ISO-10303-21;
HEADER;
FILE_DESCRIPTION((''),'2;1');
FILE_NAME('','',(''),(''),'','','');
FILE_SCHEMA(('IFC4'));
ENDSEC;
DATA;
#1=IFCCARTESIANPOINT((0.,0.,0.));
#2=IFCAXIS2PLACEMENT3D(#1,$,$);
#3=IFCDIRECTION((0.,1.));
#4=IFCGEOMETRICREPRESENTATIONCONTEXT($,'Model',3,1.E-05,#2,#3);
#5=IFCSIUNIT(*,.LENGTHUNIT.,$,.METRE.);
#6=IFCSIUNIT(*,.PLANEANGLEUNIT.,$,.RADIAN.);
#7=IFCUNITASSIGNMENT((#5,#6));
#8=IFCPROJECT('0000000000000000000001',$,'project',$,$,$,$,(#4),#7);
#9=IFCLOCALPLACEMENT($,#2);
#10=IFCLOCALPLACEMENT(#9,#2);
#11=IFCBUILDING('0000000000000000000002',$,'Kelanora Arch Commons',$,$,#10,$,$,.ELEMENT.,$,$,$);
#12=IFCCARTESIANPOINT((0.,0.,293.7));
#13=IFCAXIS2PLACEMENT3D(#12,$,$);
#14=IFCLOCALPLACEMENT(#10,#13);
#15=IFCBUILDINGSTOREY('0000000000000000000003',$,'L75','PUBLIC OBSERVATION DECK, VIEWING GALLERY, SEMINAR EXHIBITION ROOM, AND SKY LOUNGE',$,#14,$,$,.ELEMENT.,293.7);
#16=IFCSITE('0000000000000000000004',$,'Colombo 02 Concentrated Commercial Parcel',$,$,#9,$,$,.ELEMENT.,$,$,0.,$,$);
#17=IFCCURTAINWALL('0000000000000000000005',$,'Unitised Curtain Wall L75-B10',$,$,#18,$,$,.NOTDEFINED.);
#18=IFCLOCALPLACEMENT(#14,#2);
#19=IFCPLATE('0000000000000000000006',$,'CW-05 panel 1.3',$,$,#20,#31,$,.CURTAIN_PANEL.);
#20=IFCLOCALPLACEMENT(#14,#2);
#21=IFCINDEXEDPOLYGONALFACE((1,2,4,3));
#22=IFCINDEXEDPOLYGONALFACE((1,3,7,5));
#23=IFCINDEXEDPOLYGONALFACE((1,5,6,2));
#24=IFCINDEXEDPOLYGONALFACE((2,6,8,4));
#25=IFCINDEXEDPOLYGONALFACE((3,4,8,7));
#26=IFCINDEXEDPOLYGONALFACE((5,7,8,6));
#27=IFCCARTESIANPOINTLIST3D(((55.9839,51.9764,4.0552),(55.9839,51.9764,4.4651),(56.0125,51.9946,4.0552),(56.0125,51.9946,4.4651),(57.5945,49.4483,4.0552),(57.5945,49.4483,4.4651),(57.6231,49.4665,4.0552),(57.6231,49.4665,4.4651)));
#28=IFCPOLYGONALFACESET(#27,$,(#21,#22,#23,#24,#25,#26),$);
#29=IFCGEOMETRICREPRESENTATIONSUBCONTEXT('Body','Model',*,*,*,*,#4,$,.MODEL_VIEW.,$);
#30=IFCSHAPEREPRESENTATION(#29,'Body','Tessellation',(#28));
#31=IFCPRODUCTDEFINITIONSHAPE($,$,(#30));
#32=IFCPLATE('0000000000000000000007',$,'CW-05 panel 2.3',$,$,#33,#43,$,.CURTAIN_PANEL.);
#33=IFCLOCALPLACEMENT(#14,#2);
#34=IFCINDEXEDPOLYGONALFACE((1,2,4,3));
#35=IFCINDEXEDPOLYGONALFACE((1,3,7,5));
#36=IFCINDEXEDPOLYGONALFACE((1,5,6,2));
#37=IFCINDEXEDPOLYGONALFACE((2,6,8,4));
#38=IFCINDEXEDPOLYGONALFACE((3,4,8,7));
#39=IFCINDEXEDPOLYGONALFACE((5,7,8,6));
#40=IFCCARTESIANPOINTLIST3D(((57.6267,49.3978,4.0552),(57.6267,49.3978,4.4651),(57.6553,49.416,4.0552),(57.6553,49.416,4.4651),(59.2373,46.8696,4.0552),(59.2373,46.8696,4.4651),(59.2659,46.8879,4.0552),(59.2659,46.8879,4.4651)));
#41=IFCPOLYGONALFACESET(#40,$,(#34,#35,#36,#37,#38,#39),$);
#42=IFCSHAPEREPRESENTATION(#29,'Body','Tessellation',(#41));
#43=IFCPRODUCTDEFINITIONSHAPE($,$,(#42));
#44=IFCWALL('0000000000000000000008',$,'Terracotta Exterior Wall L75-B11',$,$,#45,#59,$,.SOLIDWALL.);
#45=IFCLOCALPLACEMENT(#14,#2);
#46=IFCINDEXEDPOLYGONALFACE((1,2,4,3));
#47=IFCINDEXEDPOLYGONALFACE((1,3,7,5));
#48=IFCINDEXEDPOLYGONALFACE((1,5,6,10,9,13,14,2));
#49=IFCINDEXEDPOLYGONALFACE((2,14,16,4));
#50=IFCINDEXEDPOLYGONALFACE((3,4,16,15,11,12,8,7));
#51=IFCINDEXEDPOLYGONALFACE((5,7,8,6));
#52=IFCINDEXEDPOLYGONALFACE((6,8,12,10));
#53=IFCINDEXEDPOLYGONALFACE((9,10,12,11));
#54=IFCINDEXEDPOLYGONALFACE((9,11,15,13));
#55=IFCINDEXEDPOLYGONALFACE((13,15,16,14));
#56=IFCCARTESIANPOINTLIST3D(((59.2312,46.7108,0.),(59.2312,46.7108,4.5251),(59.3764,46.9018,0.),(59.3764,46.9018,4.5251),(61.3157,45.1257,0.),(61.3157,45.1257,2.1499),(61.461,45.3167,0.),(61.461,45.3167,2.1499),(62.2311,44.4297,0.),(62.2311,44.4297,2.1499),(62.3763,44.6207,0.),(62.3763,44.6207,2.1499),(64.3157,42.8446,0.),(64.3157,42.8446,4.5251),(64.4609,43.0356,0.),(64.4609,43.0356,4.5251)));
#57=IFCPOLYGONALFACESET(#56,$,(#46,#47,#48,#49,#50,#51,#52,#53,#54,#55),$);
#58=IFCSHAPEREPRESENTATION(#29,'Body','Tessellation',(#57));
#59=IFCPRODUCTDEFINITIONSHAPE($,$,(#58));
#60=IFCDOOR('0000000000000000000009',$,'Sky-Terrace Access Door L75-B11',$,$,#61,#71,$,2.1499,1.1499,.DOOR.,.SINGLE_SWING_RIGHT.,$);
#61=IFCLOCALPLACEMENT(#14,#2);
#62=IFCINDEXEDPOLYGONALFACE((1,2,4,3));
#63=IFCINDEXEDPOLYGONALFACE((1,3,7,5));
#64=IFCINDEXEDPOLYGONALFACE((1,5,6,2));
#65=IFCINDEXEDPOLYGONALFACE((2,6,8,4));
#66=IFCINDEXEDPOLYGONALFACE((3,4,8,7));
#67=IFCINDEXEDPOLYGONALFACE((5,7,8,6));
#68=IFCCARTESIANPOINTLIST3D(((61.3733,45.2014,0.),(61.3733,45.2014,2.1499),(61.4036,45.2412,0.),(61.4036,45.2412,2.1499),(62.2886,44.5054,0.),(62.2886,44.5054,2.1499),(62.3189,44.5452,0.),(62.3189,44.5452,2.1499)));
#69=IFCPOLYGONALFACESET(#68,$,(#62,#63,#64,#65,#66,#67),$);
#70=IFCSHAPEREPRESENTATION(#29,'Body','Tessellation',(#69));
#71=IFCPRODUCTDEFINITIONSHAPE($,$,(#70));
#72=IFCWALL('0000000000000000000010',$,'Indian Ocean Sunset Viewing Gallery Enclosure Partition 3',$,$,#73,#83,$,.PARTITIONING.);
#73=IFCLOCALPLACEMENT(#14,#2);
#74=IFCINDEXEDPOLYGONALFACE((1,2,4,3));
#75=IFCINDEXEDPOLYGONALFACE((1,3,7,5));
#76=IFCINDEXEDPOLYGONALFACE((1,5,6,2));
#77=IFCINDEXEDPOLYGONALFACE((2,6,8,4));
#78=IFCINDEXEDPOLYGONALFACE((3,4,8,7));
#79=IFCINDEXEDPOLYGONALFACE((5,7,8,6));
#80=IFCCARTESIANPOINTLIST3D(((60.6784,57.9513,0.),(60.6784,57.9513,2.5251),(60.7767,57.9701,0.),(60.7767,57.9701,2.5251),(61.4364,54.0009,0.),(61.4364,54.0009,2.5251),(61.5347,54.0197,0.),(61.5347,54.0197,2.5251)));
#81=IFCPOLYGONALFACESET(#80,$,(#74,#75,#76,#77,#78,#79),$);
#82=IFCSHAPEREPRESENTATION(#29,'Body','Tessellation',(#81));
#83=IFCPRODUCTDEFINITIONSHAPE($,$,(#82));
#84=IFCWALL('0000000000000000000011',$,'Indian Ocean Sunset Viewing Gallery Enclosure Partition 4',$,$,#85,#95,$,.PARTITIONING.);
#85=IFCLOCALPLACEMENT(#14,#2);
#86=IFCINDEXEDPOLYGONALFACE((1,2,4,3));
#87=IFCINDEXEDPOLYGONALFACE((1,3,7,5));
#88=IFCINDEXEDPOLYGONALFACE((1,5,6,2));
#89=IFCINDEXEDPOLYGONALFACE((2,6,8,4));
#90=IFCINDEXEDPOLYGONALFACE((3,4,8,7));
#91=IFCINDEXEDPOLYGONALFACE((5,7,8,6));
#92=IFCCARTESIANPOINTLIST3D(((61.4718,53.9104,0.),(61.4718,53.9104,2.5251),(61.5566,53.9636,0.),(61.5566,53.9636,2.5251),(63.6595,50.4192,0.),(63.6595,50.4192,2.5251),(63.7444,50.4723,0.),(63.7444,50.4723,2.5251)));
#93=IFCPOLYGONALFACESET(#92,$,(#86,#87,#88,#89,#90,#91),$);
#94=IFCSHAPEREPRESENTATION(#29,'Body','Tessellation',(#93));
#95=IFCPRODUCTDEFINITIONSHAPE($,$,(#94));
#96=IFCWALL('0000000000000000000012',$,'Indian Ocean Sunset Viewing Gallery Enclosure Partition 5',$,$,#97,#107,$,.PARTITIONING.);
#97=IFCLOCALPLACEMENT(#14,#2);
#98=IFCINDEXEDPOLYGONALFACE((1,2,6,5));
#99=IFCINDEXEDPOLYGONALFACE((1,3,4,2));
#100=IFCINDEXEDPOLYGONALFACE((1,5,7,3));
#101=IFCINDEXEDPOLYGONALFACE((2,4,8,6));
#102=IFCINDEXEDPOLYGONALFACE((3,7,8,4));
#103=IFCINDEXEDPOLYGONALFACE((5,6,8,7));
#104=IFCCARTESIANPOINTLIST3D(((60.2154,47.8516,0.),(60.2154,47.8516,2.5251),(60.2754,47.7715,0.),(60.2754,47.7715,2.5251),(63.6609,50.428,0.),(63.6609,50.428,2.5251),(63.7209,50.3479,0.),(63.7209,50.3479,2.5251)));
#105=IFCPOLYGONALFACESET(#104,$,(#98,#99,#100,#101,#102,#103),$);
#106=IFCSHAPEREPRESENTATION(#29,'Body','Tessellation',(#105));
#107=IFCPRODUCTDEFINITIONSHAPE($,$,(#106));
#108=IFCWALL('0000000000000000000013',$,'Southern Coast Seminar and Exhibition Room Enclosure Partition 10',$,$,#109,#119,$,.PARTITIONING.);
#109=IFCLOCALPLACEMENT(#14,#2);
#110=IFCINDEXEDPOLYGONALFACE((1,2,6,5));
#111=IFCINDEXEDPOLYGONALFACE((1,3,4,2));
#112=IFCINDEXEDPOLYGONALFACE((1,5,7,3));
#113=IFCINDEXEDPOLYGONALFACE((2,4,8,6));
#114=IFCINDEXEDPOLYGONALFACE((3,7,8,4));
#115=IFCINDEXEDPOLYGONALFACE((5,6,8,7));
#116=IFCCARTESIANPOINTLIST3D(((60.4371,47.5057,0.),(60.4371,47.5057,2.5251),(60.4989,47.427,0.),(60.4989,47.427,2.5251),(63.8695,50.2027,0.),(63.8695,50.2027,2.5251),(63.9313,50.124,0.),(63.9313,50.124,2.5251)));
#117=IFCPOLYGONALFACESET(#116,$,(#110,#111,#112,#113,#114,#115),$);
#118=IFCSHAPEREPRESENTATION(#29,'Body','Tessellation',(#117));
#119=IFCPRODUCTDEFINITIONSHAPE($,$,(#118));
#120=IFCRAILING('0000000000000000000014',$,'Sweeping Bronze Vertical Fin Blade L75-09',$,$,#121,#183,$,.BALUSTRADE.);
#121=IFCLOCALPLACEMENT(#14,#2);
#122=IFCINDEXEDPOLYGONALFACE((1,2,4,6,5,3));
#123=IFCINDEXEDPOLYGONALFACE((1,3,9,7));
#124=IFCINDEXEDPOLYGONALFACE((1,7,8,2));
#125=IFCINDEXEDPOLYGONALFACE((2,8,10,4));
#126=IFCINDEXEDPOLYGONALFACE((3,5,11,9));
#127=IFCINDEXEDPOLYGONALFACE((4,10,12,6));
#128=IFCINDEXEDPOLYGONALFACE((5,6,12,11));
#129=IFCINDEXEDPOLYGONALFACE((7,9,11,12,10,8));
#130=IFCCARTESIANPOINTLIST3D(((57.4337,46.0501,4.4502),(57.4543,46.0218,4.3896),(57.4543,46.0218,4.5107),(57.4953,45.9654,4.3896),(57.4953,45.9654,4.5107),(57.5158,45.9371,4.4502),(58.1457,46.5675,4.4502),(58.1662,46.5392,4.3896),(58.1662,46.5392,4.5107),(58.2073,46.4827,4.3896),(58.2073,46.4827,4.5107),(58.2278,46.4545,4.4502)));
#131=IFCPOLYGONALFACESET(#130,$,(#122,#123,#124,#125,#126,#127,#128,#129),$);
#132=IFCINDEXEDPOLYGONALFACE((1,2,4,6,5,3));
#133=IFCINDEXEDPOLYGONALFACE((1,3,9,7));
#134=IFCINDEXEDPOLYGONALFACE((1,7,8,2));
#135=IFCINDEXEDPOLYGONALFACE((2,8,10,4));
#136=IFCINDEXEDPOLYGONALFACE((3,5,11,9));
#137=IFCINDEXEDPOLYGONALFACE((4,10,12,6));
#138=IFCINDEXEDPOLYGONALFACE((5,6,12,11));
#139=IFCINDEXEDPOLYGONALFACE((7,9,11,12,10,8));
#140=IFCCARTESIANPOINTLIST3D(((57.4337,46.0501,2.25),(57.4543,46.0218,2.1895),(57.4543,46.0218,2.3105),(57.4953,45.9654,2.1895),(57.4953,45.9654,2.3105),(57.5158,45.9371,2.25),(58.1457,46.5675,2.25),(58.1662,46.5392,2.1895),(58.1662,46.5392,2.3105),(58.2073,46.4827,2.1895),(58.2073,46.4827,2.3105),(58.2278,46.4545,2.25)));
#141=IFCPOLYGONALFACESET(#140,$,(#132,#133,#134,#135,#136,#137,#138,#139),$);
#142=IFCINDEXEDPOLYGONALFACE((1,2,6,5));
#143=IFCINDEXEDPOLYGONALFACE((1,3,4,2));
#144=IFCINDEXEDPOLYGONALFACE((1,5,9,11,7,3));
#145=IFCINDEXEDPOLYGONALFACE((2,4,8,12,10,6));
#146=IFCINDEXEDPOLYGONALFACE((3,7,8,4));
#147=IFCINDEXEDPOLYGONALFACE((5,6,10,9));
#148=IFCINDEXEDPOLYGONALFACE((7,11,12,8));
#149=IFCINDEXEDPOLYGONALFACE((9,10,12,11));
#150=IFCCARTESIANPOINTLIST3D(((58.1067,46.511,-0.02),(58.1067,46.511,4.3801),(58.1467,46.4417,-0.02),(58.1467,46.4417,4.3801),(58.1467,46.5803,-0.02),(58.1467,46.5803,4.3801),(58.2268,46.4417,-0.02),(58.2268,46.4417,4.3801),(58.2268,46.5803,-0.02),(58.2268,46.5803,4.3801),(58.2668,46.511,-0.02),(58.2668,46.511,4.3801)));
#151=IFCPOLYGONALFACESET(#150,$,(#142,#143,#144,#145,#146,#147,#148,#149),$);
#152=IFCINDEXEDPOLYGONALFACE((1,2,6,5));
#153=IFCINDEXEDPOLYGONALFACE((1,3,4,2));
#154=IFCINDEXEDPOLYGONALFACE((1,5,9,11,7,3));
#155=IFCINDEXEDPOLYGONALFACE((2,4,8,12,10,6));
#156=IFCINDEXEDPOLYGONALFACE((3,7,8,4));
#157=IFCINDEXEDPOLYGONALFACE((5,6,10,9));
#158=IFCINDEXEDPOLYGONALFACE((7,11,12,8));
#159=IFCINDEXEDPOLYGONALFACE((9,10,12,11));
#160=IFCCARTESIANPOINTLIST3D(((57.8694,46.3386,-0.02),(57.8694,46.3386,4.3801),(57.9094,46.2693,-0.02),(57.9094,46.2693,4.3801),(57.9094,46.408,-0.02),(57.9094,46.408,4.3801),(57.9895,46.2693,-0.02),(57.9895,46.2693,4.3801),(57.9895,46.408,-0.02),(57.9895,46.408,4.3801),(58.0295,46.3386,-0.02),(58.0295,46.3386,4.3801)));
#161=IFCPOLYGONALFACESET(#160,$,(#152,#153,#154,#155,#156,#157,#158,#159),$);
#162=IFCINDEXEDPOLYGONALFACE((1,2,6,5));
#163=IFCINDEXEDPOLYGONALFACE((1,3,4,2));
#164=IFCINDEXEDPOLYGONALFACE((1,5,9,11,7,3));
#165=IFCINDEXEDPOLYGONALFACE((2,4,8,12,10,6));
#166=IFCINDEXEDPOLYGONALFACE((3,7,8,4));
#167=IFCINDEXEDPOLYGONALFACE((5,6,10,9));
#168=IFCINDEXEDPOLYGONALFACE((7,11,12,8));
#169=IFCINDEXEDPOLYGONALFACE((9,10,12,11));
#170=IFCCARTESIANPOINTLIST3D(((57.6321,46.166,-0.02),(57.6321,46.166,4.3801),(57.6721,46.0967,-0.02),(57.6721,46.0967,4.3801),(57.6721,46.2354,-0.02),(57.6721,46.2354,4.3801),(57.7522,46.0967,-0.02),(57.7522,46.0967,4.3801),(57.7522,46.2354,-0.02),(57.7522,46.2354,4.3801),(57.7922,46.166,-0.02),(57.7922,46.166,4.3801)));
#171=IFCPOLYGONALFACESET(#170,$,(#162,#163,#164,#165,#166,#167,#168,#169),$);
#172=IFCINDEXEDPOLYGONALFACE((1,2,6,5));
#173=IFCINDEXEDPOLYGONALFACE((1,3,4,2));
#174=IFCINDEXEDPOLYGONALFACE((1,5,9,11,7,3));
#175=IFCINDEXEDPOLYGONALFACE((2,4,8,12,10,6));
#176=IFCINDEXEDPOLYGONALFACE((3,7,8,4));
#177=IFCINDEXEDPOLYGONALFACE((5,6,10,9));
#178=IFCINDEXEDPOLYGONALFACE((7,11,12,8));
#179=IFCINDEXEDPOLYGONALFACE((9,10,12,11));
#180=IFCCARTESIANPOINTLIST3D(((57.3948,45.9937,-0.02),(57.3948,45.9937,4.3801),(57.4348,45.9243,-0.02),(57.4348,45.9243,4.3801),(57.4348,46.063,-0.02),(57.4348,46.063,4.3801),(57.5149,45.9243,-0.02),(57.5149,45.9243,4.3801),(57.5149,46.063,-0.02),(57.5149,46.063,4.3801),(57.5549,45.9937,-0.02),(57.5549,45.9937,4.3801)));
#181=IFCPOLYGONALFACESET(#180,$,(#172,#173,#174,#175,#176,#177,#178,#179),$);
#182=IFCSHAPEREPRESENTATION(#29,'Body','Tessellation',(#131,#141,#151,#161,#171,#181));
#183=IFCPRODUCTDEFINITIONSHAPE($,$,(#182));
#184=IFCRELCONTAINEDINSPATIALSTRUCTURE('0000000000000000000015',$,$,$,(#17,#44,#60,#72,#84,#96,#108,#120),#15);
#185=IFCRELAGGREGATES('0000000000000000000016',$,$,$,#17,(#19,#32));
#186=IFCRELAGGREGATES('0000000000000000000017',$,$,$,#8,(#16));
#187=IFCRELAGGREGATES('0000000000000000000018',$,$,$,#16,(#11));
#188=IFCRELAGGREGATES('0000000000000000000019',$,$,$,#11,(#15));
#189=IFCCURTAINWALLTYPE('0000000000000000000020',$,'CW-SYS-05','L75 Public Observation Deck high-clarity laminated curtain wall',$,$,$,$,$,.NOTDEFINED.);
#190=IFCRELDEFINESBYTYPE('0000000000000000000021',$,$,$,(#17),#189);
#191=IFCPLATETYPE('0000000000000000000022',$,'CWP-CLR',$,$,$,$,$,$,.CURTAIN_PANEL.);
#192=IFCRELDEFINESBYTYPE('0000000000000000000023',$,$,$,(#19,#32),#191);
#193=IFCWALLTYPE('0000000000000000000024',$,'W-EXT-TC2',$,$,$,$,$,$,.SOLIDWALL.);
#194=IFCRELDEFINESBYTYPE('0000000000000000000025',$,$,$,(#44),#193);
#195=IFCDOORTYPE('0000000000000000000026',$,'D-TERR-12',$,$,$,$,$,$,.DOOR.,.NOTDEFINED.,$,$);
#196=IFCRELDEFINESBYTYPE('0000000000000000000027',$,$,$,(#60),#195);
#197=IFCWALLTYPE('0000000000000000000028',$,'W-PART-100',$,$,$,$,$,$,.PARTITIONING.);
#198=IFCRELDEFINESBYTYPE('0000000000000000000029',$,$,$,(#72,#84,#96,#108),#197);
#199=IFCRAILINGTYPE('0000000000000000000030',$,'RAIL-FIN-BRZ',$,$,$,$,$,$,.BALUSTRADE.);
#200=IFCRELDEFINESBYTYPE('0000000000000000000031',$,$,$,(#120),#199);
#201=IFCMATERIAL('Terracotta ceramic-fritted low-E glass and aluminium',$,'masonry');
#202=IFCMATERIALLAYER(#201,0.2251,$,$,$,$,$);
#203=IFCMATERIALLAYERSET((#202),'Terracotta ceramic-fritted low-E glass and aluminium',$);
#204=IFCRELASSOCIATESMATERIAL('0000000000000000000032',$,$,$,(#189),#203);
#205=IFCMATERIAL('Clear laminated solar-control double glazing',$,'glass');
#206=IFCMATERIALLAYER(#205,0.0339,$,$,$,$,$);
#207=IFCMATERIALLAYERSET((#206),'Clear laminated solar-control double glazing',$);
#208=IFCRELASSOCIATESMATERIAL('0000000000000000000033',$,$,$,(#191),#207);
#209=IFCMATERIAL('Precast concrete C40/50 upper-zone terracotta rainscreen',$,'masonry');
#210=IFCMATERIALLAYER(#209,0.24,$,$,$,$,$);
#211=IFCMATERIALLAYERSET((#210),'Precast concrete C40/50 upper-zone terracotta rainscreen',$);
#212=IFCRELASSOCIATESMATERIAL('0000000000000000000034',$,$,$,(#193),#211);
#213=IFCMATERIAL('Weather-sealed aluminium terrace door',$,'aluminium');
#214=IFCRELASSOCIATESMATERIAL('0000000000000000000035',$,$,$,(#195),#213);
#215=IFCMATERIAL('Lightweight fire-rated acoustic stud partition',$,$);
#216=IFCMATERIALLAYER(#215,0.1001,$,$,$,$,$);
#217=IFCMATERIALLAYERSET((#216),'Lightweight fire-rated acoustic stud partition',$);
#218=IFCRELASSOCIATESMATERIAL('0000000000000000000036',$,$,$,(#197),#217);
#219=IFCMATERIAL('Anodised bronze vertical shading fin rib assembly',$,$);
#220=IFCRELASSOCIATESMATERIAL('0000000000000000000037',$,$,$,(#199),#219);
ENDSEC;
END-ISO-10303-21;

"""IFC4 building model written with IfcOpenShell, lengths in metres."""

from ifc_helpers import new_model, si_unit, direction, frame, frame_2d, origin, origin_2d, place, context, subcontext, project, spatial, polyline, rectangle, outline, extrude, source, transform, mapped, material, layer, layer_set, type_object, element, fill, aggregate, save


model = new_model("IFC4")

# Units and contexts
model_context = context("Model", 3, precision=1e-05, world=origin(), true_north=direction((0.0, 1.0)))
body_context = subcontext(model_context, "Body", "Model", "MODEL_VIEW")
ifc_project = project(units=[si_unit("LENGTHUNIT", "METRE"), si_unit("PLANEANGLEUNIT", "RADIAN")], contexts=[model_context])

# Site, building, storey
site_placement = place(None, origin())
site = spatial("IfcSite", under=ifc_project, at=site_placement, Name="Colombo 02 Concentrated Commercial Parcel", CompositionType="ELEMENT", RefElevation=0.0)
building_placement = place(site_placement, origin())
building = spatial("IfcBuilding", under=site, at=building_placement, Name="Kelanora Arch Commons", CompositionType="ELEMENT")
storey_placement = place(building_placement, frame((0.0, 0.0, 293.7)))
storey = spatial("IfcBuildingStorey", under=building, at=storey_placement, Name="L75", Description="PUBLIC OBSERVATION DECK, VIEWING GALLERY, SEMINAR EXHIBITION ROOM, AND SKY LOUNGE", CompositionType="ELEMENT", Elevation=293.7)

# Curtain wall, plates
ifc_material_1 = material(Name="Terracotta ceramic-fritted low-E glass and aluminium", Category="masonry")
ifc_layer_1 = layer(ifc_material_1, 0.2251)
ifc_layer_set_1 = layer_set([ifc_layer_1], Name="Terracotta ceramic-fritted low-E glass and aluminium")
curtain_wall_type = type_object("IfcCurtainWallType", Name="CW-SYS-05", Description="L75 Public Observation Deck high-clarity laminated curtain wall", PredefinedType="NOTDEFINED", material=ifc_layer_set_1)
curtain_wall_placement = place(storey_placement, origin())
curtain_wall = element("IfcCurtainWall", 1, at=curtain_wall_placement, inside=storey, type_object=curtain_wall_type, Name="Unitised Curtain Wall L75-B10", PredefinedType="NOTDEFINED")
ifc_material_2 = material(Name="Clear laminated solar-control double glazing", Category="glass")
ifc_layer_2 = layer(ifc_material_2, 0.0339)
ifc_layer_set_2 = layer_set([ifc_layer_2], Name="Clear laminated solar-control double glazing")
plate_type = type_object("IfcPlateType", Name="CWP-CLR", PredefinedType="CURTAIN_PANEL", material=ifc_layer_set_2)
shared_shape_1 = source(origin(), body_context, "Body", "SweptSolid", [
    extrude(rectangle(XDim=2.9976, YDim=0.0339, at=origin_2d()), origin(), (0.0, 0.0, 1.0), 0.4099),
])
plate_1_placement = place(storey_placement, frame((56.8035, 50.7214, 4.0552), z_axis=(0.0, 0.0, 1.0), x_axis=(0.5373, -0.843391, 0.0)))
plate_1 = element("IfcPlate", 2, at=plate_1_placement, type_object=plate_type, Name="CW-05 panel 1.3", PredefinedType="CURTAIN_PANEL", context=body_context, shape_type="MappedRepresentation", body=[
    mapped(shared_shape_1, transform((0.0, 0.0, 0.0), scale=1.0)),
])
plate_2_placement = place(storey_placement, frame((58.4463, 48.1428, 4.0552), z_axis=(0.0, 0.0, 1.0), x_axis=(0.5373, -0.843391, 0.0)))
plate_2 = element("IfcPlate", 3, at=plate_2_placement, type_object=plate_type, Name="CW-05 panel 2.3", PredefinedType="CURTAIN_PANEL", context=body_context, shape_type="MappedRepresentation", body=[
    mapped(shared_shape_1, transform((0.0, 0.0, 0.0), scale=1.0)),
])
aggregate(curtain_wall, [plate_1, plate_2])

# Wall, opening, door
ifc_material_3 = material(Name="Precast concrete C40/50 upper-zone terracotta rainscreen", Category="masonry")
ifc_layer_3 = layer(ifc_material_3, 0.24)
ifc_layer_set_3 = layer_set([ifc_layer_3], Name="Precast concrete C40/50 upper-zone terracotta rainscreen")
wall_type_1 = type_object("IfcWallType", Name="W-EXT-TC2", PredefinedType="SOLIDWALL", material=ifc_layer_set_3)
wall_1_placement = place(storey_placement, frame((59.3037, 46.8064, 0.0), z_axis=(0.0, 0.0, 1.0), x_axis=(0.79601, -0.605283, 0.0)))
wall_1 = element("IfcWall", 4, at=wall_1_placement, inside=storey, type_object=wall_type_1, Name="Terracotta Exterior Wall L75-B11", PredefinedType="SOLIDWALL", context=body_context, shape_type="SweptSolid", body=[
    extrude(rectangle(XDim=6.3875, YDim=0.24, at=frame_2d((3.1938, 0.0))), origin(), (0.0, 0.0, 1.0), 4.5251),
])
opening_placement = place(wall_1_placement, frame((2.6189, 0.0, 0.0)))
opening = element("IfcOpeningElement", 5, at=opening_placement, cuts=wall_1, PredefinedType="OPENING", context=body_context, shape_type="SweptSolid", body=[
    extrude(rectangle(XDim=1.1499, YDim=2.1499, at=frame_2d((0.575, 1.075))), frame((0.0, 0.1299, 0.0), z_axis=(0.0, -1.0, 0.0), x_axis=(1.0, 0.0, 0.0)), (0.0, 0.0, 1.0), 0.26),
])
ifc_material_4 = material(Name="Weather-sealed aluminium terrace door", Category="aluminium")
door_type = type_object("IfcDoorType", Name="D-TERR-12", OperationType="NOTDEFINED", PredefinedType="DOOR", material=ifc_material_4)
door_placement = place(opening_placement, frame((1.1499, 0.0, 0.0), z_axis=(0.0, 0.0, 1.0), x_axis=(-1.0, 0.0, 0.0)))
door = element("IfcDoor", 6, at=door_placement, inside=storey, type_object=door_type, Name="Sky-Terrace Access Door L75-B11", OperationType="SINGLE_SWING_RIGHT", OverallHeight=2.1499, OverallWidth=1.1499, PredefinedType="DOOR", context=body_context, shape_type="SweptSolid", body=[
    extrude(rectangle(XDim=1.1499, YDim=2.1499, at=frame_2d((0.575, 1.075))), frame((0.0, 0.0249, 0.0), z_axis=(0.0, -1.0, 0.0), x_axis=(1.0, 0.0, 0.0)), (0.0, 0.0, 1.0), 0.05),
])
fill(opening, door)

# Walls
ifc_material_5 = material(Name="Lightweight fire-rated acoustic stud partition")
ifc_layer_4 = layer(ifc_material_5, 0.1001)
ifc_layer_set_4 = layer_set([ifc_layer_4], Name="Lightweight fire-rated acoustic stud partition")
wall_type_2 = type_object("IfcWallType", Name="W-PART-100", PredefinedType="PARTITIONING", material=ifc_layer_set_4)
wall_2_placement = place(storey_placement, frame((60.7275, 57.9607, 0.0), z_axis=(0.0, 0.0, 1.0), x_axis=(0.188453, -0.982082, 0.0)))
element("IfcWall", 7, at=wall_2_placement, inside=storey, type_object=wall_type_2, Name="Indian Ocean Sunset Viewing Gallery Enclosure Partition 3", PredefinedType="PARTITIONING", context=body_context, shape_type="SweptSolid", body=[
    extrude(rectangle(XDim=4.0225, YDim=0.1001, at=frame_2d((2.0112, 0.0))), origin(), (0.0, 0.0, 1.0), 2.5251),
])
wall_3_placement = place(storey_placement, frame((61.5142, 53.937, 0.0), z_axis=(0.0, 0.0, 1.0), x_axis=(0.531, -0.847372, 0.0)))
element("IfcWall", 8, at=wall_3_placement, inside=storey, type_object=wall_type_2, Name="Indian Ocean Sunset Viewing Gallery Enclosure Partition 4", PredefinedType="PARTITIONING", context=body_context, shape_type="SweptSolid", body=[
    extrude(rectangle(XDim=4.1201, YDim=0.1001, at=frame_2d((2.0601, 0.0))), origin(), (0.0, 0.0, 1.0), 2.5251),
])
wall_4_placement = place(storey_placement, frame((63.6909, 50.3879, 0.0), z_axis=(0.0, 0.0, 1.0), x_axis=(-0.800864, -0.598846, 0.0)))
element("IfcWall", 9, at=wall_4_placement, inside=storey, type_object=wall_type_2, Name="Indian Ocean Sunset Viewing Gallery Enclosure Partition 5", PredefinedType="PARTITIONING", context=body_context, shape_type="SweptSolid", body=[
    extrude(rectangle(XDim=4.3022, YDim=0.1001, at=frame_2d((2.1511, 0.0))), origin(), (0.0, 0.0, 1.0), 2.5251),
])
wall_5_placement = place(storey_placement, frame((60.468, 47.4663, 0.0), z_axis=(0.0, 0.0, 1.0), x_axis=(0.786301, 0.617844, 0.0)))
element("IfcWall", 10, at=wall_5_placement, inside=storey, type_object=wall_type_2, Name="Southern Coast Seminar and Exhibition Room Enclosure Partition 10", PredefinedType="PARTITIONING", context=body_context, shape_type="SweptSolid", body=[
    extrude(rectangle(XDim=4.3652, YDim=0.1001, at=frame_2d((2.1826, 0.0))), origin(), (0.0, 0.0, 1.0), 2.5251),
])

# Railing
ifc_material_6 = material(Name="Anodised bronze vertical shading fin rib assembly")
railing_type = type_object("IfcRailingType", Name="RAIL-FIN-BRZ", PredefinedType="BALUSTRADE", material=ifc_material_6)
railing_placement = place(storey_placement, frame((58.1868, 46.511, -0.02)))
element("IfcRailing", 11, at=railing_placement, inside=storey, type_object=railing_type, Name="Sweeping Bronze Vertical Fin Blade L75-09", PredefinedType="BALUSTRADE", context=body_context, shape_type="SweptSolid", body=[
    extrude(outline(polyline([(0.0698, 0.0), (0.0349, 0.0605), (-0.0349, 0.0605), (-0.0698, 0.0), (-0.0349, -0.0605), (0.0349, -0.0605), (0.0698, 0.0)])), frame((0.0, 0.0, 4.4702), z_axis=(-0.808964, -0.587858, 0.0), x_axis=(0.587858, -0.808964, 0.0)), (0.0, 0.0, 1.0), 0.8801),
    extrude(outline(polyline([(0.0698, 0.0), (0.0349, 0.0605), (-0.0349, 0.0605), (-0.0698, 0.0), (-0.0349, -0.0605), (0.0349, -0.0605), (0.0698, 0.0)])), frame((0.0, 0.0, 2.27), z_axis=(-0.808964, -0.587858, 0.0), x_axis=(0.587858, -0.808964, 0.0)), (0.0, 0.0, 1.0), 0.8801),
    extrude(outline(polyline([(0.0801, 0.0), (0.04, 0.0693), (-0.04, 0.0693), (-0.0801, 0.0), (-0.04, -0.0693), (0.04, -0.0693), (0.0801, 0.0)])), origin(), (0.0, 0.0, 1.0), 4.4001),
    extrude(outline(polyline([(0.0801, 0.0), (0.04, 0.0693), (-0.04, 0.0693), (-0.0801, 0.0), (-0.04, -0.0693), (0.04, -0.0693), (0.0801, 0.0)])), frame((-0.2373, -0.1724, 0.0)), (0.0, 0.0, 1.0), 4.4001),
    extrude(outline(polyline([(0.0801, 0.0), (0.04, 0.0693), (-0.04, 0.0693), (-0.0801, 0.0), (-0.04, -0.0693), (0.04, -0.0693), (0.0801, 0.0)])), frame((-0.4746, -0.345, 0.0)), (0.0, 0.0, 1.0), 4.4001),
    extrude(outline(polyline([(0.0801, 0.0), (0.04, 0.0693), (-0.04, 0.0693), (-0.0801, 0.0), (-0.04, -0.0693), (0.04, -0.0693), (0.0801, 0.0)])), frame((-0.7119, -0.5173, 0.0)), (0.0, 0.0, 1.0), 4.4001),
])

save(model, "model.ifc")
